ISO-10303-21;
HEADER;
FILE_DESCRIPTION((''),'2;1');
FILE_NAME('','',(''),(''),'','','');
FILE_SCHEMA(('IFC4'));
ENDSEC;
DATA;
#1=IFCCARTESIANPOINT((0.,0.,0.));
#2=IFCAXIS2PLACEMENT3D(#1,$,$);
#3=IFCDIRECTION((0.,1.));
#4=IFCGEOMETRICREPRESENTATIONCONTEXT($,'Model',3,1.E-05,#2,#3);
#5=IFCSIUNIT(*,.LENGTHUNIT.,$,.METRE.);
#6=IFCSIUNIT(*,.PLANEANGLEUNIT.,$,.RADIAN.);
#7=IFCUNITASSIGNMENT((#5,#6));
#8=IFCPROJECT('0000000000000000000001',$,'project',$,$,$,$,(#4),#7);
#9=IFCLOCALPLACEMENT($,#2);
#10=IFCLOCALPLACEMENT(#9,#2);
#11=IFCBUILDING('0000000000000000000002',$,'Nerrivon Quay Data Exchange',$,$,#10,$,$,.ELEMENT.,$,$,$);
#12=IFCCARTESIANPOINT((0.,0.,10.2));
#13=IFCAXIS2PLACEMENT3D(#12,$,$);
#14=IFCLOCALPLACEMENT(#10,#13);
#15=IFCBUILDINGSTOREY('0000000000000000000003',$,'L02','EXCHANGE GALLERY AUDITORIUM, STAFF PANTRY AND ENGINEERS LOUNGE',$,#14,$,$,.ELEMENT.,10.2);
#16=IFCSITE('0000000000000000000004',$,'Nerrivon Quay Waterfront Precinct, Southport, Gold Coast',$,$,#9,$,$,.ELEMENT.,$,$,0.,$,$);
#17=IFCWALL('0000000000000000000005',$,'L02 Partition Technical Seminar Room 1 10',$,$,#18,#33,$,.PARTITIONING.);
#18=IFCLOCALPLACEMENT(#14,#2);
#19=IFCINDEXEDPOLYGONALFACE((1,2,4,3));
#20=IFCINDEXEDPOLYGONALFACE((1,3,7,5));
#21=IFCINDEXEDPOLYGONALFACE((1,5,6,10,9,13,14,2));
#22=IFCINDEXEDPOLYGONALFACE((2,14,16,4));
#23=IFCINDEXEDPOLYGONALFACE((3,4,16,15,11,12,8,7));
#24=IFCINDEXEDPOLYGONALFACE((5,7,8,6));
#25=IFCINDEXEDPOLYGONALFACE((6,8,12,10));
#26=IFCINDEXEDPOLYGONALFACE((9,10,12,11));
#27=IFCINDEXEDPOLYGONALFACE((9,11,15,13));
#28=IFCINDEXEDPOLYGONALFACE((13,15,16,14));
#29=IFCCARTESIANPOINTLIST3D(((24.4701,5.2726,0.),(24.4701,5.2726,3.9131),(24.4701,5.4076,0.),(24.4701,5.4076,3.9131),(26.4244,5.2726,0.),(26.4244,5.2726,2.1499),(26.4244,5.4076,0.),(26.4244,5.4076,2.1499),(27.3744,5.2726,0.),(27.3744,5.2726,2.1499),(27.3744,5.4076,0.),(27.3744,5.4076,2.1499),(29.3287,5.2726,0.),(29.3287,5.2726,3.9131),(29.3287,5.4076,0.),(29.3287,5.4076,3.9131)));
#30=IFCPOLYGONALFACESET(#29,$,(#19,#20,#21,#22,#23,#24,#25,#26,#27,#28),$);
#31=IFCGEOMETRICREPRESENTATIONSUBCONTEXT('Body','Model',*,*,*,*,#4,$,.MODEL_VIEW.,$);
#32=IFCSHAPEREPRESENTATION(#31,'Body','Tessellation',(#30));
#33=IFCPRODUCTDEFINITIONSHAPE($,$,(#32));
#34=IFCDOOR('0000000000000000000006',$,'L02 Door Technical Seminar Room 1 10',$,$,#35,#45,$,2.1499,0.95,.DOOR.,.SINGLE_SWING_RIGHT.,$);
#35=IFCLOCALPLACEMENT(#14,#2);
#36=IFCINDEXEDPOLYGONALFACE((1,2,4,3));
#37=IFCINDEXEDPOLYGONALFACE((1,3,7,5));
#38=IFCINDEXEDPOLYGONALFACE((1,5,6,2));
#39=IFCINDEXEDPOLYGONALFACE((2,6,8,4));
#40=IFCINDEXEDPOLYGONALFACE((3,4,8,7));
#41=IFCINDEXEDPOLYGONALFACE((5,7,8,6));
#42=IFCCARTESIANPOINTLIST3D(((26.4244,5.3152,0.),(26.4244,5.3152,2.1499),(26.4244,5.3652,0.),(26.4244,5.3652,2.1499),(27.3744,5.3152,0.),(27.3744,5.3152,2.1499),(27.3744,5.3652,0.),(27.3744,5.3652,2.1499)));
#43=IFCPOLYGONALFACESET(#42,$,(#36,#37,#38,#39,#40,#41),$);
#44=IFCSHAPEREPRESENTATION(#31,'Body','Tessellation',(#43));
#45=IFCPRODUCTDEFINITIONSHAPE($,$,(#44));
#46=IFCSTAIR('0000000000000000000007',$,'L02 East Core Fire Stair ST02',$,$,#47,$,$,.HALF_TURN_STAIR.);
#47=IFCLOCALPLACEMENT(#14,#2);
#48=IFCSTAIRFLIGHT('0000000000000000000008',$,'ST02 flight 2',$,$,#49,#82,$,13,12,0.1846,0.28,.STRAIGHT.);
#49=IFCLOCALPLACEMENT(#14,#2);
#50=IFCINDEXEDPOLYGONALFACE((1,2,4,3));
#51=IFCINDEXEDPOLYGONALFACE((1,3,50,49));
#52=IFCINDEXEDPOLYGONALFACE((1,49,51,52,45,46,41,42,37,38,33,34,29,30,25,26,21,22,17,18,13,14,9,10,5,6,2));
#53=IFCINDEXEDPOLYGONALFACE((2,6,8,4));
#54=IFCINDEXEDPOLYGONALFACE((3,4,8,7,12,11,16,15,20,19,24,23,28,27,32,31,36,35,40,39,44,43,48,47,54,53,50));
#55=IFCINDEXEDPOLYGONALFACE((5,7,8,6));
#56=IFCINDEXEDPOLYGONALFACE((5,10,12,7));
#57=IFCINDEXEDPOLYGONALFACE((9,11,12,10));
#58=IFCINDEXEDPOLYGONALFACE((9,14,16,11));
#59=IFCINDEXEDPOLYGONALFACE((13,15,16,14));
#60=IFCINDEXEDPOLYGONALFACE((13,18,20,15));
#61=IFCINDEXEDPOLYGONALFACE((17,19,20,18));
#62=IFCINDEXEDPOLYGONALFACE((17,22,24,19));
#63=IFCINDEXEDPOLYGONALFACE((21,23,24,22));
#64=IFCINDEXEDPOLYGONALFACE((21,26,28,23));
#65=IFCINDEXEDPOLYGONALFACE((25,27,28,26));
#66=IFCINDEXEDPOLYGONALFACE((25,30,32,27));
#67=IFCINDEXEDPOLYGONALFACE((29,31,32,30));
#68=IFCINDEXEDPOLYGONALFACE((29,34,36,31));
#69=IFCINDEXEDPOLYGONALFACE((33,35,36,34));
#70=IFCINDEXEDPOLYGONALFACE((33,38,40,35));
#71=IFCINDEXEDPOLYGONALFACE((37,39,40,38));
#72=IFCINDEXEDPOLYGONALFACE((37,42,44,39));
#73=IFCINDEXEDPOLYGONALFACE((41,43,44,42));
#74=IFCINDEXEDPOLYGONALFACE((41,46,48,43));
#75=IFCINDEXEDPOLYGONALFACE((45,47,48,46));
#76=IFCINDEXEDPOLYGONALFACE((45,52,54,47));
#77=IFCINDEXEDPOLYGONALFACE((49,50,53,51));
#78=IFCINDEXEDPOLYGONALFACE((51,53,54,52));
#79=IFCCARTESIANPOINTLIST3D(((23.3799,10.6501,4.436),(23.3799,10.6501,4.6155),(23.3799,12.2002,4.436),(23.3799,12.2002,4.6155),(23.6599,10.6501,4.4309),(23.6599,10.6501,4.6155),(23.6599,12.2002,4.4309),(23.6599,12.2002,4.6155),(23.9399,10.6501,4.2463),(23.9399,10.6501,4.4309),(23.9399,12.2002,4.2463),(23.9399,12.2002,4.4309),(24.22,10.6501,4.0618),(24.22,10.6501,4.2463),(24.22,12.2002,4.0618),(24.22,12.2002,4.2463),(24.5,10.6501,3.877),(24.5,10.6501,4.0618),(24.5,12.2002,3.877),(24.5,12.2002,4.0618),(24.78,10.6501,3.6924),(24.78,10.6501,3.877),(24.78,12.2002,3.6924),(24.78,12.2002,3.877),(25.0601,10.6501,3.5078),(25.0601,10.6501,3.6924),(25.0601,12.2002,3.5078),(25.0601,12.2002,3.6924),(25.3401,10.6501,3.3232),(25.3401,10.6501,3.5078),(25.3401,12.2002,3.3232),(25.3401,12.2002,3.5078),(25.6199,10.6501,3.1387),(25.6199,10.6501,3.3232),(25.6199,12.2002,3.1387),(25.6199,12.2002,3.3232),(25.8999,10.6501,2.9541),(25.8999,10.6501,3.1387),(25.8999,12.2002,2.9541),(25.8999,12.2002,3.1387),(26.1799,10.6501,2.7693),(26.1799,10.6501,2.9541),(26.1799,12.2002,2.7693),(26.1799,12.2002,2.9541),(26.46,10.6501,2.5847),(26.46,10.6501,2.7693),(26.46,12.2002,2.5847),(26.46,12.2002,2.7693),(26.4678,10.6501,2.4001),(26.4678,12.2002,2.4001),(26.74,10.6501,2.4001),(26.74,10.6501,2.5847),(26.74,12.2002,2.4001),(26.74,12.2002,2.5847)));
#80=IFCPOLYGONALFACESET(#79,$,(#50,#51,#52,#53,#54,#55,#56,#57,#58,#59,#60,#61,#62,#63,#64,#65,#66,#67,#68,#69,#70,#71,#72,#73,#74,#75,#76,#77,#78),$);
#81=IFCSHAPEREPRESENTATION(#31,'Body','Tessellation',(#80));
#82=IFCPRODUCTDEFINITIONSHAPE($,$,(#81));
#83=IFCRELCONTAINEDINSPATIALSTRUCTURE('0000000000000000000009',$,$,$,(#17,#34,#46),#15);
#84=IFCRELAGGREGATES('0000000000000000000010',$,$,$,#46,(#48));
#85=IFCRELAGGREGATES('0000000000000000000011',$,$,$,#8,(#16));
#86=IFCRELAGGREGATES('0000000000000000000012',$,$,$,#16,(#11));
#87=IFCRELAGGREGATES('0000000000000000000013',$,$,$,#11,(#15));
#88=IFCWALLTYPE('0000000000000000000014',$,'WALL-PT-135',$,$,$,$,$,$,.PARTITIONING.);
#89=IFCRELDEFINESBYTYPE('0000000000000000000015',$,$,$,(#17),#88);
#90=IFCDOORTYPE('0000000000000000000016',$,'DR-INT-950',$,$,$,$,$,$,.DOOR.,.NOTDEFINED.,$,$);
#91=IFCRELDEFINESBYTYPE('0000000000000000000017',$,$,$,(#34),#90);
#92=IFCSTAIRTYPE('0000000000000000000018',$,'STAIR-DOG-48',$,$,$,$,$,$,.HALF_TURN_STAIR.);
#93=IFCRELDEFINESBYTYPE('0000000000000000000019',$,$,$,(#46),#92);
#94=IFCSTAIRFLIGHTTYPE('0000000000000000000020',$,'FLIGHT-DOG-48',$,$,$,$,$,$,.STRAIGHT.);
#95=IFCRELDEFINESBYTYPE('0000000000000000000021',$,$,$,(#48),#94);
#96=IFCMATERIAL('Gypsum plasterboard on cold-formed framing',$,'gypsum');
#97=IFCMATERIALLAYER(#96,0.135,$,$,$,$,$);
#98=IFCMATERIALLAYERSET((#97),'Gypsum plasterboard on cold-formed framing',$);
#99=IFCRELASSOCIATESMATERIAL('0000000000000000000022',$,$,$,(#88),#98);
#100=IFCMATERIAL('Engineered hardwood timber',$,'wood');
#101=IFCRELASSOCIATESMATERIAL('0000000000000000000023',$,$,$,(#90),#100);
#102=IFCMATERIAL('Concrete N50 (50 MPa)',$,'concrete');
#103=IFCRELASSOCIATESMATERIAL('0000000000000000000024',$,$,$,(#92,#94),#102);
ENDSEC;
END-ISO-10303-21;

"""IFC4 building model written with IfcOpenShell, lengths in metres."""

from ifc_helpers import new_model, si_unit, direction, frame, frame_2d, origin, place, context, subcontext, project, spatial, polyline, rectangle, outline, extrude, material, layer, layer_set, type_object, element, fill, aggregate, save


model = new_model("IFC4")

# Units and contexts
model_context = context("Model", 3, precision=1e-05, world=origin(), true_north=direction((0.0, 1.0)))
body_context = subcontext(model_context, "Body", "Model", "MODEL_VIEW")
ifc_project = project(units=[si_unit("LENGTHUNIT", "METRE"), si_unit("PLANEANGLEUNIT", "RADIAN")], contexts=[model_context])

# Site, building, storey
site_placement = place(None, origin())
site = spatial("IfcSite", under=ifc_project, at=site_placement, Name="Nerrivon Quay Waterfront Precinct, Southport, Gold Coast", CompositionType="ELEMENT", RefElevation=0.0)
building_placement = place(site_placement, origin())
building = spatial("IfcBuilding", under=site, at=building_placement, Name="Nerrivon Quay Data Exchange", CompositionType="ELEMENT")
storey_placement = place(building_placement, frame((0.0, 0.0, 10.2)))
storey = spatial("IfcBuildingStorey", under=building, at=storey_placement, Name="L02", Description="EXCHANGE GALLERY AUDITORIUM, STAFF PANTRY AND ENGINEERS LOUNGE", CompositionType="ELEMENT", Elevation=10.2)

# Shared definitions
ifc_material_1 = material(Name="Gypsum plasterboard on cold-formed framing", Category="gypsum")

# Shared definitions
ifc_material_2 = material(Name="Engineered hardwood timber", Category="wood")

# Shared definitions
ifc_layer_1 = layer(ifc_material_1, 0.135)
ifc_layer_set_1 = layer_set([ifc_layer_1], Name="Gypsum plasterboard on cold-formed framing")
wall_type_1 = type_object("IfcWallType", Name="WALL-PT-135", PredefinedType="PARTITIONING", material=ifc_layer_set_1)

# Wall, opening, door
wall_1_placement = place(storey_placement, frame((29.3286, 5.3401, 0.0), z_axis=(0.0, 0.0, 1.0), x_axis=(-1.0, 0.0, 0.0)))
wall_1 = element("IfcWall", 1, at=wall_1_placement, inside=storey, type_object=wall_type_1, Name="L02 Partition Technical Seminar Room 1 10", PredefinedType="PARTITIONING", context=body_context, shape_type="SweptSolid", body=[
    extrude(rectangle(XDim=4.8586, YDim=0.135, at=frame_2d((2.4292, 0.0))), origin(), (0.0, 0.0, 1.0), 3.9131),
])
opening_1_placement = place(wall_1_placement, frame((1.9541, 0.0, 0.0)))
opening_1 = element("IfcOpeningElement", 2, at=opening_1_placement, cuts=wall_1, PredefinedType="OPENING", context=body_context, shape_type="SweptSolid", body=[
    extrude(rectangle(XDim=0.95, YDim=2.1499, at=frame_2d((0.4751, 1.075))), frame((0.0, 0.0774, 0.0), z_axis=(0.0, -1.0, 0.0), x_axis=(1.0, 0.0, 0.0)), (0.0, 0.0, 1.0), 0.155),
])
door_type_1 = type_object("IfcDoorType", Name="DR-INT-950", OperationType="NOTDEFINED", PredefinedType="DOOR", material=ifc_material_2)
door_1_placement = place(opening_1_placement, origin())
door_1 = element("IfcDoor", 3, at=door_1_placement, inside=storey, type_object=door_type_1, Name="L02 Door Technical Seminar Room 1 10", OperationType="SINGLE_SWING_RIGHT", OverallHeight=2.1499, OverallWidth=0.95, PredefinedType="DOOR", context=body_context, shape_type="SweptSolid", body=[
    extrude(rectangle(XDim=0.95, YDim=2.1499, at=frame_2d((0.4751, 1.075))), frame((0.0, 0.0249, 0.0), z_axis=(0.0, -1.0, 0.0), x_axis=(1.0, 0.0, 0.0)), (0.0, 0.0, 1.0), 0.05),
])
fill(opening_1, door_1)

# Stair, stair flight
ifc_material_3 = material(Name="Concrete N50 (50 MPa)", Category="concrete")
stair_type = type_object("IfcStairType", Name="STAIR-DOG-48", PredefinedType="HALF_TURN_STAIR", material=ifc_material_3)
stair_placement = place(storey_placement, origin())
stair = element("IfcStair", 4, at=stair_placement, inside=storey, type_object=stair_type, Name="L02 East Core Fire Stair ST02", PredefinedType="HALF_TURN_STAIR")
stair_flight_type = type_object("IfcStairFlightType", Name="FLIGHT-DOG-48", PredefinedType="STRAIGHT", material=ifc_material_3)
stair_flight_placement = place(storey_placement, frame((26.74, 11.425, 2.4001), z_axis=(0.0, 0.0, 1.0), x_axis=(-1.0, 0.0, 0.0)))
stair_flight = element("IfcStairFlight", 5, at=stair_flight_placement, type_object=stair_flight_type, Name="ST02 flight 2", NumberOfRisers=13, NumberOfTreads=12, PredefinedType="STRAIGHT", RiserHeight=0.1846, TreadLength=0.28, context=body_context, shape_type="SweptSolid", body=[
    extrude(outline(polyline([(0.0, 0.0), (0.0, 0.1846), (0.28, 0.1846), (0.28, 0.3691), (0.5601, 0.3691), (0.5601, 0.554), (0.8401, 0.554), (0.8401, 0.7385), (1.1201, 0.7385), (1.1201, 0.9231), (1.3999, 0.9231), (1.3999, 1.1077), (1.6799, 1.1077), (1.6799, 1.2922), (1.96, 1.2922), (1.96, 1.4768), (2.24, 1.4768), (2.24, 1.6616), (2.52, 1.6616), (2.52, 1.8462), (2.8, 1.8462), (2.8, 2.0308), (3.0801, 2.0308), (3.0801, 2.2153), (3.3601, 2.2153), (3.3601, 2.3999), (3.3601, 2.0359), (0.2722, 0.0), (0.0, 0.0)])), frame((0.0, 0.7749, 0.0), z_axis=(0.0, -1.0, 0.0), x_axis=(1.0, 0.0, 0.0)), (0.0, 0.0, 1.0), 1.55),
])
aggregate(stair, [stair_flight])

save(model, "model.ifc")
